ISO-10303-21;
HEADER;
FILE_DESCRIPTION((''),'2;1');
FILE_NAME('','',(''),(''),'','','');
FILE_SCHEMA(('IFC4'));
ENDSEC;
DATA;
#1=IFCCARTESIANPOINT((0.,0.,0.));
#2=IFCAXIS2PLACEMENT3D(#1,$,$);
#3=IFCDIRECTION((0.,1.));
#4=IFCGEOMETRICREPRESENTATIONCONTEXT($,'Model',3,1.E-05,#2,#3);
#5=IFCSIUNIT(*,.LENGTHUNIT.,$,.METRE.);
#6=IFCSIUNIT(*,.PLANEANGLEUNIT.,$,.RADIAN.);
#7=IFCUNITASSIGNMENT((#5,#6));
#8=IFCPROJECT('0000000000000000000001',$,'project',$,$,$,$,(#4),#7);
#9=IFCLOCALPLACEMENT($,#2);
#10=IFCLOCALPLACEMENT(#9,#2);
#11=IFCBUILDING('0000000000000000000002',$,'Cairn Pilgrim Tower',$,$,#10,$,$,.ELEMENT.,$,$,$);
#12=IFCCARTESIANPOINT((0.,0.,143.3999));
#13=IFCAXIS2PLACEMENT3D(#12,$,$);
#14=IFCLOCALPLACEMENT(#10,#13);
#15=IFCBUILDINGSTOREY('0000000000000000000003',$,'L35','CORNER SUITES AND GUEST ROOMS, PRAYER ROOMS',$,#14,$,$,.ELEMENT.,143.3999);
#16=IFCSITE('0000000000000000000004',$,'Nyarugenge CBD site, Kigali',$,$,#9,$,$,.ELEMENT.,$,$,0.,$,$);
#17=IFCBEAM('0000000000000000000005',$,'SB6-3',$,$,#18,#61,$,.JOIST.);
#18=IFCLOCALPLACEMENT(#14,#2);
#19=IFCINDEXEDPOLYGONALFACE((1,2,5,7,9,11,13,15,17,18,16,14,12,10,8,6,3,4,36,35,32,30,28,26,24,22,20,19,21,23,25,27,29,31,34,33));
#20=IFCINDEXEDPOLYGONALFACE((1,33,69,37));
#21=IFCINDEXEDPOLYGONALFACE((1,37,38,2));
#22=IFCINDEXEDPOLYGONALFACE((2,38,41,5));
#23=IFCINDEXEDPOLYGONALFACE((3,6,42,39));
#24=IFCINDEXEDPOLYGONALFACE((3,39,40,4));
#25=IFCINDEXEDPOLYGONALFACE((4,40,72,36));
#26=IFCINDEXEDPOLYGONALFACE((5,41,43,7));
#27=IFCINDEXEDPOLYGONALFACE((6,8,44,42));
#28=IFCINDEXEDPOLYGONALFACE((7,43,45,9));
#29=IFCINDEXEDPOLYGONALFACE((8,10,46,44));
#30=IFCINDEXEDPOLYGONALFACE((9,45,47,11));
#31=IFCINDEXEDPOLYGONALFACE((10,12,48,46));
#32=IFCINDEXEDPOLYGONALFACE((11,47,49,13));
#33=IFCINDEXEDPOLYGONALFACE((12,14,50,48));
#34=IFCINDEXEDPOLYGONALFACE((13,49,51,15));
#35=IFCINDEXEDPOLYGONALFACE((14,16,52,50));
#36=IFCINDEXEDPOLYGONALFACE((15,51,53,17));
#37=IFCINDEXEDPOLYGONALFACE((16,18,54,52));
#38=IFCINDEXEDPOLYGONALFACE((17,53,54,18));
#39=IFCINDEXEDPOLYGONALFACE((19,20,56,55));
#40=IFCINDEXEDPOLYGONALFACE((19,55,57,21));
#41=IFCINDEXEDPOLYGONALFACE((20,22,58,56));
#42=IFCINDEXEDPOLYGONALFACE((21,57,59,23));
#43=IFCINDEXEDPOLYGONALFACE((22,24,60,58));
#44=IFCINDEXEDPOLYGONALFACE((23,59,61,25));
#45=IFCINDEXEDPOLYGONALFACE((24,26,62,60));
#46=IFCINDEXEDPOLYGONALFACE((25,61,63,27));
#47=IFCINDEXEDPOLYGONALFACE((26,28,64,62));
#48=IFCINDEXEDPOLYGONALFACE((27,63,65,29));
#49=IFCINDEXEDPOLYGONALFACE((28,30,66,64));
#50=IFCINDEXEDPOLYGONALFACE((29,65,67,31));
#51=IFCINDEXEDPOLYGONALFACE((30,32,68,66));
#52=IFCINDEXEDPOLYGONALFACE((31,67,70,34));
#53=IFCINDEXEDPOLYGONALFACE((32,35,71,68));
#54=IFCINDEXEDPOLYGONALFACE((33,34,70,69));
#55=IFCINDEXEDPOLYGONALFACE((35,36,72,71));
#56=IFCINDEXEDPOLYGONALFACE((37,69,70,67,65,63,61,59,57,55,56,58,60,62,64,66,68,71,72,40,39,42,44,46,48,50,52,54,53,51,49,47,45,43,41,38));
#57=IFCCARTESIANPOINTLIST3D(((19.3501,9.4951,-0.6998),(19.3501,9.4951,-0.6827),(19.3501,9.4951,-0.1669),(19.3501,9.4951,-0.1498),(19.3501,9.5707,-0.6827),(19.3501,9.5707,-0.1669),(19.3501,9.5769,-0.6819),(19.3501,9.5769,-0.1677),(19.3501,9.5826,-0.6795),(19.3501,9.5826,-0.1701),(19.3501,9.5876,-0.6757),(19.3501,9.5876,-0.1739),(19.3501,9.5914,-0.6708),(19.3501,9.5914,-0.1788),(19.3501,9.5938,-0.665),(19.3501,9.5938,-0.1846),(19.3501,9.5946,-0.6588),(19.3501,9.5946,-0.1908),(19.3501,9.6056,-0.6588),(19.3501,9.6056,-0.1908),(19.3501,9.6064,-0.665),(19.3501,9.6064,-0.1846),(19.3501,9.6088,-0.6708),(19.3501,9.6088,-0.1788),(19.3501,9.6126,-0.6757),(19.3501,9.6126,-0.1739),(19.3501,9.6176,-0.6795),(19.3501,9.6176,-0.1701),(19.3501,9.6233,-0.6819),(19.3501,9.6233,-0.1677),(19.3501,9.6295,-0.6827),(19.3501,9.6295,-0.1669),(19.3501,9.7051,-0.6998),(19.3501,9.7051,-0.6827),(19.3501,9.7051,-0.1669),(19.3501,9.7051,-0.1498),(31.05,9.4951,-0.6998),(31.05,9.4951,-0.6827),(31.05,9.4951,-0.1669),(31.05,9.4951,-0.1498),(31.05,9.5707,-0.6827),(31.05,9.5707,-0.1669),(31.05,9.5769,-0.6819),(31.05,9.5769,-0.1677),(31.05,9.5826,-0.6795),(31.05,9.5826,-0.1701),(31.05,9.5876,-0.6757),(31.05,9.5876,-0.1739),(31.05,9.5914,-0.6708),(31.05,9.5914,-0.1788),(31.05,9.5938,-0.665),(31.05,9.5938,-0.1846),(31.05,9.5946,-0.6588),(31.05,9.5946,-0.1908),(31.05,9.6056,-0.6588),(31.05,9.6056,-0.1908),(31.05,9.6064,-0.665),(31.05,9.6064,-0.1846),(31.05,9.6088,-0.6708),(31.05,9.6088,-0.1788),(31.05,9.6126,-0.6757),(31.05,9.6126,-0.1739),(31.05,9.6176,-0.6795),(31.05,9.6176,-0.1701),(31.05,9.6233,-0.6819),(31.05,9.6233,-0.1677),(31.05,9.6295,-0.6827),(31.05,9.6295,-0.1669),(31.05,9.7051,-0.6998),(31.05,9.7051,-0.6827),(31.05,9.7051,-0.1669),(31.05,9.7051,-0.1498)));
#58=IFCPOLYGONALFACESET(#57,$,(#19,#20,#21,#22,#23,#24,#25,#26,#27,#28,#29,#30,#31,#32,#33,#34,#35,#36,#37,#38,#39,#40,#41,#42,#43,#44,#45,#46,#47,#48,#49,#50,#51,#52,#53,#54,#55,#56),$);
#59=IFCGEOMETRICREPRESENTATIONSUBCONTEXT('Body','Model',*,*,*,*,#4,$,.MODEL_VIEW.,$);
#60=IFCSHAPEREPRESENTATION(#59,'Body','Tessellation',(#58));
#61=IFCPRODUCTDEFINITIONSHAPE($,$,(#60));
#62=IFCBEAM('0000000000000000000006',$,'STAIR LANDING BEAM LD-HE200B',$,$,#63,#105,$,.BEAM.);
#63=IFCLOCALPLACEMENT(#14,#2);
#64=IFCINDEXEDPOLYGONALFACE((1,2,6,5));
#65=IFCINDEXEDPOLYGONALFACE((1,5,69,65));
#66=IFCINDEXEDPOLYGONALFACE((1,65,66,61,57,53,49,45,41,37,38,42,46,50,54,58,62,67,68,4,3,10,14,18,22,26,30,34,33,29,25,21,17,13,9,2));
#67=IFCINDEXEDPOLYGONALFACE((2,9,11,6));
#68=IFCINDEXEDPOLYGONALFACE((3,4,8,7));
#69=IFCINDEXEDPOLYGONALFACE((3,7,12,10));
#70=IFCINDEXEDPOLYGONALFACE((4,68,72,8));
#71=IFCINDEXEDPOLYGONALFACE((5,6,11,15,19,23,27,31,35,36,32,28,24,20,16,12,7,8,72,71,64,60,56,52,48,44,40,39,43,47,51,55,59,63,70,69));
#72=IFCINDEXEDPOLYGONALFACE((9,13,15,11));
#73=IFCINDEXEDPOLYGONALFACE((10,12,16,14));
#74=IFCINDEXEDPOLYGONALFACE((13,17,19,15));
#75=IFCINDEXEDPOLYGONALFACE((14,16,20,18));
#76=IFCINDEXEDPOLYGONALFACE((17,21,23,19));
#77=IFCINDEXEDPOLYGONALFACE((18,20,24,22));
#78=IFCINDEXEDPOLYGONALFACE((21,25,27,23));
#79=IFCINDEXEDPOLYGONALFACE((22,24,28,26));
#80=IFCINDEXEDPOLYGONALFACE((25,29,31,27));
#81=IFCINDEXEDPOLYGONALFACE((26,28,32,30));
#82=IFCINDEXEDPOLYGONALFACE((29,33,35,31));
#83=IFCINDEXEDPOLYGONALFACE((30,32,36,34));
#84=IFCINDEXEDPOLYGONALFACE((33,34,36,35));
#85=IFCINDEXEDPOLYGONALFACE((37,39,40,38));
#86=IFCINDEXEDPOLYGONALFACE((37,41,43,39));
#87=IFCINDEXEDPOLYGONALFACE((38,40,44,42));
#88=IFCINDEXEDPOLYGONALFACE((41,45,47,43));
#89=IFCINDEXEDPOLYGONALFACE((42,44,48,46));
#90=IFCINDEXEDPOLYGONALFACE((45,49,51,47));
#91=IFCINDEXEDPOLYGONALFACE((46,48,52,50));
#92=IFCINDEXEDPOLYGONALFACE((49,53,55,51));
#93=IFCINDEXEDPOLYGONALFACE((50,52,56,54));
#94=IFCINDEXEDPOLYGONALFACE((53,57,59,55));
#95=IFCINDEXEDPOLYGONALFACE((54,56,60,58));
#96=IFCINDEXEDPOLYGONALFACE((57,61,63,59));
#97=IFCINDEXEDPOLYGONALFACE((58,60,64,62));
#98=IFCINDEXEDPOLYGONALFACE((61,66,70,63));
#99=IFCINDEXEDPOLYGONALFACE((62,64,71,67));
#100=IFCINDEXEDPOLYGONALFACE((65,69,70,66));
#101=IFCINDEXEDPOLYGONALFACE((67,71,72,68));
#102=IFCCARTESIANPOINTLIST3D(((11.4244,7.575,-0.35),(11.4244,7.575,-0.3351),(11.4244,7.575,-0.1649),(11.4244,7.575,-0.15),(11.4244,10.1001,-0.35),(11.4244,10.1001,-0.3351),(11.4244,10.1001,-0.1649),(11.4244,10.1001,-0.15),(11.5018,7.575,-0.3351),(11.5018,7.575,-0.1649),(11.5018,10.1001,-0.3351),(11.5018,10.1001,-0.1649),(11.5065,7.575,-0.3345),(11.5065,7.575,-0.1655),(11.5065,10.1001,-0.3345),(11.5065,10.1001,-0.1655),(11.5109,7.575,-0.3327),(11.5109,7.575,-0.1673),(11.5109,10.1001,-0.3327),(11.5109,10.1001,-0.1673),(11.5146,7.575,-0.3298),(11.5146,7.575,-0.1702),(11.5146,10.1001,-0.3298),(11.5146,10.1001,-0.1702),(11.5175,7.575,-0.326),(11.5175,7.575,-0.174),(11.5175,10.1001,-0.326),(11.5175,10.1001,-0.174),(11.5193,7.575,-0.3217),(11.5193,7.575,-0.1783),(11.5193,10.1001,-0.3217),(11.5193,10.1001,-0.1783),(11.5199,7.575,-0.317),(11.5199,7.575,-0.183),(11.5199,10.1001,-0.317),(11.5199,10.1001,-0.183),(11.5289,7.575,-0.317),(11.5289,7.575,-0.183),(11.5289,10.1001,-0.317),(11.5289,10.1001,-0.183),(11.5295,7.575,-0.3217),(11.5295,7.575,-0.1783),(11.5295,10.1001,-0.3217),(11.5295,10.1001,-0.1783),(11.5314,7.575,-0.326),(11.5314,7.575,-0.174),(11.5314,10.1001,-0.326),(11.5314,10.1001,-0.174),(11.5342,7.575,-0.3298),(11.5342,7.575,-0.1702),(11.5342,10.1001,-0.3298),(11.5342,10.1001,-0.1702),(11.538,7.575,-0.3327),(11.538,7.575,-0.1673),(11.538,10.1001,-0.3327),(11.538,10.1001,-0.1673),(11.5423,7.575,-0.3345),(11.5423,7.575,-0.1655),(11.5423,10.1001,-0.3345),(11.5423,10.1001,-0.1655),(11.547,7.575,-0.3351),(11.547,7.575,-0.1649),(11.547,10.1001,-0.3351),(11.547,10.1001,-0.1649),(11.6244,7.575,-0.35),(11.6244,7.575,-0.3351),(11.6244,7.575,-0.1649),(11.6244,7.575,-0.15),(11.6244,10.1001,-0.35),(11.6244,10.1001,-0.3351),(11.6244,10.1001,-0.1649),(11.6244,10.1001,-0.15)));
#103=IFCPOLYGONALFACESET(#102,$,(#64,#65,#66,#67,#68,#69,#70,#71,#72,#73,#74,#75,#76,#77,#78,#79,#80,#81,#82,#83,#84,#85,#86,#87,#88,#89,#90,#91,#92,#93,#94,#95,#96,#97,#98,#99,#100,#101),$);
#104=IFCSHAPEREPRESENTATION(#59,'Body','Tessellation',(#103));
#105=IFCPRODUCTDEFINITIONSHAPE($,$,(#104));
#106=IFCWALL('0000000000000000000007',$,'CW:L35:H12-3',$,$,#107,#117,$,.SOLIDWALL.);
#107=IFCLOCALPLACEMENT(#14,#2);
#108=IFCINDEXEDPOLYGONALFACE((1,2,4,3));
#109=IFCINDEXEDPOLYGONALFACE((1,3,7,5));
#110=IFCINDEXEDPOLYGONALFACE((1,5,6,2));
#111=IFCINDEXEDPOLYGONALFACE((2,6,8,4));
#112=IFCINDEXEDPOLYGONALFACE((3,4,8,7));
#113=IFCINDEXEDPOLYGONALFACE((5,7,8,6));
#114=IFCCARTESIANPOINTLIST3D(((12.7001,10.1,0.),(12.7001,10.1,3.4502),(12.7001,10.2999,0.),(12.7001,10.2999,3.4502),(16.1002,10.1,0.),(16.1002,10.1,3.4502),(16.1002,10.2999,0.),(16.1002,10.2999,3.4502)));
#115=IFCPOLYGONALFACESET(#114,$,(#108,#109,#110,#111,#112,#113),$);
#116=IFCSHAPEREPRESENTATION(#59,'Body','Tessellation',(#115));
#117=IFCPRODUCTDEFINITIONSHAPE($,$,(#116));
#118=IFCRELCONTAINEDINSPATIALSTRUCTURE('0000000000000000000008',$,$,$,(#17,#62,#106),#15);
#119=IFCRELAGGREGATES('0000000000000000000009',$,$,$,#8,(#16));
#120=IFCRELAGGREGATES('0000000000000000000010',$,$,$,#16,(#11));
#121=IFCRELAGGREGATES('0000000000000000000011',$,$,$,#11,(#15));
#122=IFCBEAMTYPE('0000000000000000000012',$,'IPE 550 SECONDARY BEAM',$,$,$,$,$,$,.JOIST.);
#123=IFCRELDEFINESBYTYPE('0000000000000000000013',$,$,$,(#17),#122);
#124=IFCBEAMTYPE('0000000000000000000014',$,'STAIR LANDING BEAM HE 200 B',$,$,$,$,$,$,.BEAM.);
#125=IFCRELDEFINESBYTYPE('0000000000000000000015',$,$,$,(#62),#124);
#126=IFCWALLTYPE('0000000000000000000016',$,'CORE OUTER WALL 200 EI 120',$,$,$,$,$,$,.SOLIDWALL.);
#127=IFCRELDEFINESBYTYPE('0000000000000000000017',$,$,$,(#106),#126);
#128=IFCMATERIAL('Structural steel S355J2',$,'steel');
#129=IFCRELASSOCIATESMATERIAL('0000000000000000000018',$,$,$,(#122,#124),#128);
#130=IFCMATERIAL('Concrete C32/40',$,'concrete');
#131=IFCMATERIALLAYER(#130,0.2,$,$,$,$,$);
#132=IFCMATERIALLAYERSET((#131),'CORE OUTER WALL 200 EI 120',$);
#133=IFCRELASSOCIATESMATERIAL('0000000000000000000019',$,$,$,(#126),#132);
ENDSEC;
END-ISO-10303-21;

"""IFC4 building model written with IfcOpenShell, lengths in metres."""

from ifc_helpers import new_model, si_unit, direction, frame, frame_2d, origin, origin_2d, place, context, subcontext, project, spatial, rectangle, i_section, extrude, material, layer, layer_set, material_profile, profile_set, type_object, element, save


model = new_model("IFC4")

# Units and contexts
model_context = context("Model", 3, precision=1e-05, world=origin(), true_north=direction((0.0, 1.0)))
body_context = subcontext(model_context, "Body", "Model", "MODEL_VIEW")
ifc_project = project(units=[si_unit("LENGTHUNIT", "METRE"), si_unit("PLANEANGLEUNIT", "RADIAN")], contexts=[model_context])

# Site, building, storey
site_placement = place(None, origin())
site = spatial("IfcSite", under=ifc_project, at=site_placement, Name="Nyarugenge CBD site, Kigali", CompositionType="ELEMENT", RefElevation=0.0)
building_placement = place(site_placement, origin())
building = spatial("IfcBuilding", under=site, at=building_placement, Name="Cairn Pilgrim Tower", CompositionType="ELEMENT")
storey_placement = place(building_placement, frame((0.0, 0.0, 143.3999)))
storey = spatial("IfcBuildingStorey", under=building, at=storey_placement, Name="L35", Description="CORNER SUITES AND GUEST ROOMS, PRAYER ROOMS", CompositionType="ELEMENT", Elevation=143.3999)

# Beams
ifc_material_1 = material(Name="Structural steel S355J2", Category="steel")
ifc_material_profile_1 = material_profile(ifc_material_1, i_section(OverallWidth=0.21, OverallDepth=0.55, WebThickness=0.011, FlangeThickness=0.0171, FilletRadius=0.0239, at=origin_2d()), Name="IPE 550")
ifc_profile_set_1 = profile_set([ifc_material_profile_1], Name="Structural steel S355J2")
beam_type_1 = type_object("IfcBeamType", Name="IPE 550 SECONDARY BEAM", PredefinedType="JOIST", material=ifc_profile_set_1)
beam_1_placement = place(storey_placement, frame((19.3501, 9.6001, -0.4248), z_axis=(1.0, 0.0, 0.0), x_axis=(0.0, 1.0, 0.0)))
element("IfcBeam", 1, at=beam_1_placement, inside=storey, type_object=beam_type_1, Name="SB6-3", PredefinedType="JOIST", context=body_context, shape_type="SweptSolid", body=[
    extrude(i_section(OverallWidth=0.21, OverallDepth=0.55, WebThickness=0.011, FlangeThickness=0.0171, FilletRadius=0.0239, at=origin_2d()), origin(), (0.0, 0.0, 1.0), 11.7),
])
ifc_material_profile_2 = material_profile(ifc_material_1, i_section(OverallWidth=0.2, OverallDepth=0.2, WebThickness=0.009, FlangeThickness=0.0149, FilletRadius=0.0181, at=origin_2d()), Name="HE 200 B")
ifc_profile_set_2 = profile_set([ifc_material_profile_2], Name="Structural steel S355J2")
beam_type_2 = type_object("IfcBeamType", Name="STAIR LANDING BEAM HE 200 B", PredefinedType="BEAM", material=ifc_profile_set_2)
beam_2_placement = place(storey_placement, frame((11.5244, 10.1001, -0.25), z_axis=(0.0, -1.0, 0.0), x_axis=(1.0, 0.0, 0.0)))
element("IfcBeam", 2, at=beam_2_placement, inside=storey, type_object=beam_type_2, Name="STAIR LANDING BEAM LD-HE200B", PredefinedType="BEAM", context=body_context, shape_type="SweptSolid", body=[
    extrude(i_section(OverallWidth=0.2, OverallDepth=0.2, WebThickness=0.009, FlangeThickness=0.0149, FilletRadius=0.0181, at=origin_2d()), origin(), (0.0, 0.0, 1.0), 2.5251),
])

# Wall
ifc_material_2 = material(Name="Concrete C32/40", Category="concrete")
ifc_layer_1 = layer(ifc_material_2, 0.2)
ifc_layer_set_1 = layer_set([ifc_layer_1], Name="CORE OUTER WALL 200 EI 120")
wall_type_1 = type_object("IfcWallType", Name="CORE OUTER WALL 200 EI 120", PredefinedType="SOLIDWALL", material=ifc_layer_set_1)
wall_1_placement = place(storey_placement, frame((12.7, 10.2, 0.0), z_axis=(0.0, 0.0, 1.0), x_axis=(1.0, 0.0, 0.0)))
element("IfcWall", 3, at=wall_1_placement, inside=storey, type_object=wall_type_1, Name="CW:L35:H12-3", PredefinedType="SOLIDWALL", context=body_context, shape_type="SweptSolid", body=[
    extrude(rectangle(XDim=3.4001, YDim=0.2, at=frame_2d((1.7002, 0.0))), origin(), (0.0, 0.0, 1.0), 3.4502),
])

save(model, "model.ifc")
